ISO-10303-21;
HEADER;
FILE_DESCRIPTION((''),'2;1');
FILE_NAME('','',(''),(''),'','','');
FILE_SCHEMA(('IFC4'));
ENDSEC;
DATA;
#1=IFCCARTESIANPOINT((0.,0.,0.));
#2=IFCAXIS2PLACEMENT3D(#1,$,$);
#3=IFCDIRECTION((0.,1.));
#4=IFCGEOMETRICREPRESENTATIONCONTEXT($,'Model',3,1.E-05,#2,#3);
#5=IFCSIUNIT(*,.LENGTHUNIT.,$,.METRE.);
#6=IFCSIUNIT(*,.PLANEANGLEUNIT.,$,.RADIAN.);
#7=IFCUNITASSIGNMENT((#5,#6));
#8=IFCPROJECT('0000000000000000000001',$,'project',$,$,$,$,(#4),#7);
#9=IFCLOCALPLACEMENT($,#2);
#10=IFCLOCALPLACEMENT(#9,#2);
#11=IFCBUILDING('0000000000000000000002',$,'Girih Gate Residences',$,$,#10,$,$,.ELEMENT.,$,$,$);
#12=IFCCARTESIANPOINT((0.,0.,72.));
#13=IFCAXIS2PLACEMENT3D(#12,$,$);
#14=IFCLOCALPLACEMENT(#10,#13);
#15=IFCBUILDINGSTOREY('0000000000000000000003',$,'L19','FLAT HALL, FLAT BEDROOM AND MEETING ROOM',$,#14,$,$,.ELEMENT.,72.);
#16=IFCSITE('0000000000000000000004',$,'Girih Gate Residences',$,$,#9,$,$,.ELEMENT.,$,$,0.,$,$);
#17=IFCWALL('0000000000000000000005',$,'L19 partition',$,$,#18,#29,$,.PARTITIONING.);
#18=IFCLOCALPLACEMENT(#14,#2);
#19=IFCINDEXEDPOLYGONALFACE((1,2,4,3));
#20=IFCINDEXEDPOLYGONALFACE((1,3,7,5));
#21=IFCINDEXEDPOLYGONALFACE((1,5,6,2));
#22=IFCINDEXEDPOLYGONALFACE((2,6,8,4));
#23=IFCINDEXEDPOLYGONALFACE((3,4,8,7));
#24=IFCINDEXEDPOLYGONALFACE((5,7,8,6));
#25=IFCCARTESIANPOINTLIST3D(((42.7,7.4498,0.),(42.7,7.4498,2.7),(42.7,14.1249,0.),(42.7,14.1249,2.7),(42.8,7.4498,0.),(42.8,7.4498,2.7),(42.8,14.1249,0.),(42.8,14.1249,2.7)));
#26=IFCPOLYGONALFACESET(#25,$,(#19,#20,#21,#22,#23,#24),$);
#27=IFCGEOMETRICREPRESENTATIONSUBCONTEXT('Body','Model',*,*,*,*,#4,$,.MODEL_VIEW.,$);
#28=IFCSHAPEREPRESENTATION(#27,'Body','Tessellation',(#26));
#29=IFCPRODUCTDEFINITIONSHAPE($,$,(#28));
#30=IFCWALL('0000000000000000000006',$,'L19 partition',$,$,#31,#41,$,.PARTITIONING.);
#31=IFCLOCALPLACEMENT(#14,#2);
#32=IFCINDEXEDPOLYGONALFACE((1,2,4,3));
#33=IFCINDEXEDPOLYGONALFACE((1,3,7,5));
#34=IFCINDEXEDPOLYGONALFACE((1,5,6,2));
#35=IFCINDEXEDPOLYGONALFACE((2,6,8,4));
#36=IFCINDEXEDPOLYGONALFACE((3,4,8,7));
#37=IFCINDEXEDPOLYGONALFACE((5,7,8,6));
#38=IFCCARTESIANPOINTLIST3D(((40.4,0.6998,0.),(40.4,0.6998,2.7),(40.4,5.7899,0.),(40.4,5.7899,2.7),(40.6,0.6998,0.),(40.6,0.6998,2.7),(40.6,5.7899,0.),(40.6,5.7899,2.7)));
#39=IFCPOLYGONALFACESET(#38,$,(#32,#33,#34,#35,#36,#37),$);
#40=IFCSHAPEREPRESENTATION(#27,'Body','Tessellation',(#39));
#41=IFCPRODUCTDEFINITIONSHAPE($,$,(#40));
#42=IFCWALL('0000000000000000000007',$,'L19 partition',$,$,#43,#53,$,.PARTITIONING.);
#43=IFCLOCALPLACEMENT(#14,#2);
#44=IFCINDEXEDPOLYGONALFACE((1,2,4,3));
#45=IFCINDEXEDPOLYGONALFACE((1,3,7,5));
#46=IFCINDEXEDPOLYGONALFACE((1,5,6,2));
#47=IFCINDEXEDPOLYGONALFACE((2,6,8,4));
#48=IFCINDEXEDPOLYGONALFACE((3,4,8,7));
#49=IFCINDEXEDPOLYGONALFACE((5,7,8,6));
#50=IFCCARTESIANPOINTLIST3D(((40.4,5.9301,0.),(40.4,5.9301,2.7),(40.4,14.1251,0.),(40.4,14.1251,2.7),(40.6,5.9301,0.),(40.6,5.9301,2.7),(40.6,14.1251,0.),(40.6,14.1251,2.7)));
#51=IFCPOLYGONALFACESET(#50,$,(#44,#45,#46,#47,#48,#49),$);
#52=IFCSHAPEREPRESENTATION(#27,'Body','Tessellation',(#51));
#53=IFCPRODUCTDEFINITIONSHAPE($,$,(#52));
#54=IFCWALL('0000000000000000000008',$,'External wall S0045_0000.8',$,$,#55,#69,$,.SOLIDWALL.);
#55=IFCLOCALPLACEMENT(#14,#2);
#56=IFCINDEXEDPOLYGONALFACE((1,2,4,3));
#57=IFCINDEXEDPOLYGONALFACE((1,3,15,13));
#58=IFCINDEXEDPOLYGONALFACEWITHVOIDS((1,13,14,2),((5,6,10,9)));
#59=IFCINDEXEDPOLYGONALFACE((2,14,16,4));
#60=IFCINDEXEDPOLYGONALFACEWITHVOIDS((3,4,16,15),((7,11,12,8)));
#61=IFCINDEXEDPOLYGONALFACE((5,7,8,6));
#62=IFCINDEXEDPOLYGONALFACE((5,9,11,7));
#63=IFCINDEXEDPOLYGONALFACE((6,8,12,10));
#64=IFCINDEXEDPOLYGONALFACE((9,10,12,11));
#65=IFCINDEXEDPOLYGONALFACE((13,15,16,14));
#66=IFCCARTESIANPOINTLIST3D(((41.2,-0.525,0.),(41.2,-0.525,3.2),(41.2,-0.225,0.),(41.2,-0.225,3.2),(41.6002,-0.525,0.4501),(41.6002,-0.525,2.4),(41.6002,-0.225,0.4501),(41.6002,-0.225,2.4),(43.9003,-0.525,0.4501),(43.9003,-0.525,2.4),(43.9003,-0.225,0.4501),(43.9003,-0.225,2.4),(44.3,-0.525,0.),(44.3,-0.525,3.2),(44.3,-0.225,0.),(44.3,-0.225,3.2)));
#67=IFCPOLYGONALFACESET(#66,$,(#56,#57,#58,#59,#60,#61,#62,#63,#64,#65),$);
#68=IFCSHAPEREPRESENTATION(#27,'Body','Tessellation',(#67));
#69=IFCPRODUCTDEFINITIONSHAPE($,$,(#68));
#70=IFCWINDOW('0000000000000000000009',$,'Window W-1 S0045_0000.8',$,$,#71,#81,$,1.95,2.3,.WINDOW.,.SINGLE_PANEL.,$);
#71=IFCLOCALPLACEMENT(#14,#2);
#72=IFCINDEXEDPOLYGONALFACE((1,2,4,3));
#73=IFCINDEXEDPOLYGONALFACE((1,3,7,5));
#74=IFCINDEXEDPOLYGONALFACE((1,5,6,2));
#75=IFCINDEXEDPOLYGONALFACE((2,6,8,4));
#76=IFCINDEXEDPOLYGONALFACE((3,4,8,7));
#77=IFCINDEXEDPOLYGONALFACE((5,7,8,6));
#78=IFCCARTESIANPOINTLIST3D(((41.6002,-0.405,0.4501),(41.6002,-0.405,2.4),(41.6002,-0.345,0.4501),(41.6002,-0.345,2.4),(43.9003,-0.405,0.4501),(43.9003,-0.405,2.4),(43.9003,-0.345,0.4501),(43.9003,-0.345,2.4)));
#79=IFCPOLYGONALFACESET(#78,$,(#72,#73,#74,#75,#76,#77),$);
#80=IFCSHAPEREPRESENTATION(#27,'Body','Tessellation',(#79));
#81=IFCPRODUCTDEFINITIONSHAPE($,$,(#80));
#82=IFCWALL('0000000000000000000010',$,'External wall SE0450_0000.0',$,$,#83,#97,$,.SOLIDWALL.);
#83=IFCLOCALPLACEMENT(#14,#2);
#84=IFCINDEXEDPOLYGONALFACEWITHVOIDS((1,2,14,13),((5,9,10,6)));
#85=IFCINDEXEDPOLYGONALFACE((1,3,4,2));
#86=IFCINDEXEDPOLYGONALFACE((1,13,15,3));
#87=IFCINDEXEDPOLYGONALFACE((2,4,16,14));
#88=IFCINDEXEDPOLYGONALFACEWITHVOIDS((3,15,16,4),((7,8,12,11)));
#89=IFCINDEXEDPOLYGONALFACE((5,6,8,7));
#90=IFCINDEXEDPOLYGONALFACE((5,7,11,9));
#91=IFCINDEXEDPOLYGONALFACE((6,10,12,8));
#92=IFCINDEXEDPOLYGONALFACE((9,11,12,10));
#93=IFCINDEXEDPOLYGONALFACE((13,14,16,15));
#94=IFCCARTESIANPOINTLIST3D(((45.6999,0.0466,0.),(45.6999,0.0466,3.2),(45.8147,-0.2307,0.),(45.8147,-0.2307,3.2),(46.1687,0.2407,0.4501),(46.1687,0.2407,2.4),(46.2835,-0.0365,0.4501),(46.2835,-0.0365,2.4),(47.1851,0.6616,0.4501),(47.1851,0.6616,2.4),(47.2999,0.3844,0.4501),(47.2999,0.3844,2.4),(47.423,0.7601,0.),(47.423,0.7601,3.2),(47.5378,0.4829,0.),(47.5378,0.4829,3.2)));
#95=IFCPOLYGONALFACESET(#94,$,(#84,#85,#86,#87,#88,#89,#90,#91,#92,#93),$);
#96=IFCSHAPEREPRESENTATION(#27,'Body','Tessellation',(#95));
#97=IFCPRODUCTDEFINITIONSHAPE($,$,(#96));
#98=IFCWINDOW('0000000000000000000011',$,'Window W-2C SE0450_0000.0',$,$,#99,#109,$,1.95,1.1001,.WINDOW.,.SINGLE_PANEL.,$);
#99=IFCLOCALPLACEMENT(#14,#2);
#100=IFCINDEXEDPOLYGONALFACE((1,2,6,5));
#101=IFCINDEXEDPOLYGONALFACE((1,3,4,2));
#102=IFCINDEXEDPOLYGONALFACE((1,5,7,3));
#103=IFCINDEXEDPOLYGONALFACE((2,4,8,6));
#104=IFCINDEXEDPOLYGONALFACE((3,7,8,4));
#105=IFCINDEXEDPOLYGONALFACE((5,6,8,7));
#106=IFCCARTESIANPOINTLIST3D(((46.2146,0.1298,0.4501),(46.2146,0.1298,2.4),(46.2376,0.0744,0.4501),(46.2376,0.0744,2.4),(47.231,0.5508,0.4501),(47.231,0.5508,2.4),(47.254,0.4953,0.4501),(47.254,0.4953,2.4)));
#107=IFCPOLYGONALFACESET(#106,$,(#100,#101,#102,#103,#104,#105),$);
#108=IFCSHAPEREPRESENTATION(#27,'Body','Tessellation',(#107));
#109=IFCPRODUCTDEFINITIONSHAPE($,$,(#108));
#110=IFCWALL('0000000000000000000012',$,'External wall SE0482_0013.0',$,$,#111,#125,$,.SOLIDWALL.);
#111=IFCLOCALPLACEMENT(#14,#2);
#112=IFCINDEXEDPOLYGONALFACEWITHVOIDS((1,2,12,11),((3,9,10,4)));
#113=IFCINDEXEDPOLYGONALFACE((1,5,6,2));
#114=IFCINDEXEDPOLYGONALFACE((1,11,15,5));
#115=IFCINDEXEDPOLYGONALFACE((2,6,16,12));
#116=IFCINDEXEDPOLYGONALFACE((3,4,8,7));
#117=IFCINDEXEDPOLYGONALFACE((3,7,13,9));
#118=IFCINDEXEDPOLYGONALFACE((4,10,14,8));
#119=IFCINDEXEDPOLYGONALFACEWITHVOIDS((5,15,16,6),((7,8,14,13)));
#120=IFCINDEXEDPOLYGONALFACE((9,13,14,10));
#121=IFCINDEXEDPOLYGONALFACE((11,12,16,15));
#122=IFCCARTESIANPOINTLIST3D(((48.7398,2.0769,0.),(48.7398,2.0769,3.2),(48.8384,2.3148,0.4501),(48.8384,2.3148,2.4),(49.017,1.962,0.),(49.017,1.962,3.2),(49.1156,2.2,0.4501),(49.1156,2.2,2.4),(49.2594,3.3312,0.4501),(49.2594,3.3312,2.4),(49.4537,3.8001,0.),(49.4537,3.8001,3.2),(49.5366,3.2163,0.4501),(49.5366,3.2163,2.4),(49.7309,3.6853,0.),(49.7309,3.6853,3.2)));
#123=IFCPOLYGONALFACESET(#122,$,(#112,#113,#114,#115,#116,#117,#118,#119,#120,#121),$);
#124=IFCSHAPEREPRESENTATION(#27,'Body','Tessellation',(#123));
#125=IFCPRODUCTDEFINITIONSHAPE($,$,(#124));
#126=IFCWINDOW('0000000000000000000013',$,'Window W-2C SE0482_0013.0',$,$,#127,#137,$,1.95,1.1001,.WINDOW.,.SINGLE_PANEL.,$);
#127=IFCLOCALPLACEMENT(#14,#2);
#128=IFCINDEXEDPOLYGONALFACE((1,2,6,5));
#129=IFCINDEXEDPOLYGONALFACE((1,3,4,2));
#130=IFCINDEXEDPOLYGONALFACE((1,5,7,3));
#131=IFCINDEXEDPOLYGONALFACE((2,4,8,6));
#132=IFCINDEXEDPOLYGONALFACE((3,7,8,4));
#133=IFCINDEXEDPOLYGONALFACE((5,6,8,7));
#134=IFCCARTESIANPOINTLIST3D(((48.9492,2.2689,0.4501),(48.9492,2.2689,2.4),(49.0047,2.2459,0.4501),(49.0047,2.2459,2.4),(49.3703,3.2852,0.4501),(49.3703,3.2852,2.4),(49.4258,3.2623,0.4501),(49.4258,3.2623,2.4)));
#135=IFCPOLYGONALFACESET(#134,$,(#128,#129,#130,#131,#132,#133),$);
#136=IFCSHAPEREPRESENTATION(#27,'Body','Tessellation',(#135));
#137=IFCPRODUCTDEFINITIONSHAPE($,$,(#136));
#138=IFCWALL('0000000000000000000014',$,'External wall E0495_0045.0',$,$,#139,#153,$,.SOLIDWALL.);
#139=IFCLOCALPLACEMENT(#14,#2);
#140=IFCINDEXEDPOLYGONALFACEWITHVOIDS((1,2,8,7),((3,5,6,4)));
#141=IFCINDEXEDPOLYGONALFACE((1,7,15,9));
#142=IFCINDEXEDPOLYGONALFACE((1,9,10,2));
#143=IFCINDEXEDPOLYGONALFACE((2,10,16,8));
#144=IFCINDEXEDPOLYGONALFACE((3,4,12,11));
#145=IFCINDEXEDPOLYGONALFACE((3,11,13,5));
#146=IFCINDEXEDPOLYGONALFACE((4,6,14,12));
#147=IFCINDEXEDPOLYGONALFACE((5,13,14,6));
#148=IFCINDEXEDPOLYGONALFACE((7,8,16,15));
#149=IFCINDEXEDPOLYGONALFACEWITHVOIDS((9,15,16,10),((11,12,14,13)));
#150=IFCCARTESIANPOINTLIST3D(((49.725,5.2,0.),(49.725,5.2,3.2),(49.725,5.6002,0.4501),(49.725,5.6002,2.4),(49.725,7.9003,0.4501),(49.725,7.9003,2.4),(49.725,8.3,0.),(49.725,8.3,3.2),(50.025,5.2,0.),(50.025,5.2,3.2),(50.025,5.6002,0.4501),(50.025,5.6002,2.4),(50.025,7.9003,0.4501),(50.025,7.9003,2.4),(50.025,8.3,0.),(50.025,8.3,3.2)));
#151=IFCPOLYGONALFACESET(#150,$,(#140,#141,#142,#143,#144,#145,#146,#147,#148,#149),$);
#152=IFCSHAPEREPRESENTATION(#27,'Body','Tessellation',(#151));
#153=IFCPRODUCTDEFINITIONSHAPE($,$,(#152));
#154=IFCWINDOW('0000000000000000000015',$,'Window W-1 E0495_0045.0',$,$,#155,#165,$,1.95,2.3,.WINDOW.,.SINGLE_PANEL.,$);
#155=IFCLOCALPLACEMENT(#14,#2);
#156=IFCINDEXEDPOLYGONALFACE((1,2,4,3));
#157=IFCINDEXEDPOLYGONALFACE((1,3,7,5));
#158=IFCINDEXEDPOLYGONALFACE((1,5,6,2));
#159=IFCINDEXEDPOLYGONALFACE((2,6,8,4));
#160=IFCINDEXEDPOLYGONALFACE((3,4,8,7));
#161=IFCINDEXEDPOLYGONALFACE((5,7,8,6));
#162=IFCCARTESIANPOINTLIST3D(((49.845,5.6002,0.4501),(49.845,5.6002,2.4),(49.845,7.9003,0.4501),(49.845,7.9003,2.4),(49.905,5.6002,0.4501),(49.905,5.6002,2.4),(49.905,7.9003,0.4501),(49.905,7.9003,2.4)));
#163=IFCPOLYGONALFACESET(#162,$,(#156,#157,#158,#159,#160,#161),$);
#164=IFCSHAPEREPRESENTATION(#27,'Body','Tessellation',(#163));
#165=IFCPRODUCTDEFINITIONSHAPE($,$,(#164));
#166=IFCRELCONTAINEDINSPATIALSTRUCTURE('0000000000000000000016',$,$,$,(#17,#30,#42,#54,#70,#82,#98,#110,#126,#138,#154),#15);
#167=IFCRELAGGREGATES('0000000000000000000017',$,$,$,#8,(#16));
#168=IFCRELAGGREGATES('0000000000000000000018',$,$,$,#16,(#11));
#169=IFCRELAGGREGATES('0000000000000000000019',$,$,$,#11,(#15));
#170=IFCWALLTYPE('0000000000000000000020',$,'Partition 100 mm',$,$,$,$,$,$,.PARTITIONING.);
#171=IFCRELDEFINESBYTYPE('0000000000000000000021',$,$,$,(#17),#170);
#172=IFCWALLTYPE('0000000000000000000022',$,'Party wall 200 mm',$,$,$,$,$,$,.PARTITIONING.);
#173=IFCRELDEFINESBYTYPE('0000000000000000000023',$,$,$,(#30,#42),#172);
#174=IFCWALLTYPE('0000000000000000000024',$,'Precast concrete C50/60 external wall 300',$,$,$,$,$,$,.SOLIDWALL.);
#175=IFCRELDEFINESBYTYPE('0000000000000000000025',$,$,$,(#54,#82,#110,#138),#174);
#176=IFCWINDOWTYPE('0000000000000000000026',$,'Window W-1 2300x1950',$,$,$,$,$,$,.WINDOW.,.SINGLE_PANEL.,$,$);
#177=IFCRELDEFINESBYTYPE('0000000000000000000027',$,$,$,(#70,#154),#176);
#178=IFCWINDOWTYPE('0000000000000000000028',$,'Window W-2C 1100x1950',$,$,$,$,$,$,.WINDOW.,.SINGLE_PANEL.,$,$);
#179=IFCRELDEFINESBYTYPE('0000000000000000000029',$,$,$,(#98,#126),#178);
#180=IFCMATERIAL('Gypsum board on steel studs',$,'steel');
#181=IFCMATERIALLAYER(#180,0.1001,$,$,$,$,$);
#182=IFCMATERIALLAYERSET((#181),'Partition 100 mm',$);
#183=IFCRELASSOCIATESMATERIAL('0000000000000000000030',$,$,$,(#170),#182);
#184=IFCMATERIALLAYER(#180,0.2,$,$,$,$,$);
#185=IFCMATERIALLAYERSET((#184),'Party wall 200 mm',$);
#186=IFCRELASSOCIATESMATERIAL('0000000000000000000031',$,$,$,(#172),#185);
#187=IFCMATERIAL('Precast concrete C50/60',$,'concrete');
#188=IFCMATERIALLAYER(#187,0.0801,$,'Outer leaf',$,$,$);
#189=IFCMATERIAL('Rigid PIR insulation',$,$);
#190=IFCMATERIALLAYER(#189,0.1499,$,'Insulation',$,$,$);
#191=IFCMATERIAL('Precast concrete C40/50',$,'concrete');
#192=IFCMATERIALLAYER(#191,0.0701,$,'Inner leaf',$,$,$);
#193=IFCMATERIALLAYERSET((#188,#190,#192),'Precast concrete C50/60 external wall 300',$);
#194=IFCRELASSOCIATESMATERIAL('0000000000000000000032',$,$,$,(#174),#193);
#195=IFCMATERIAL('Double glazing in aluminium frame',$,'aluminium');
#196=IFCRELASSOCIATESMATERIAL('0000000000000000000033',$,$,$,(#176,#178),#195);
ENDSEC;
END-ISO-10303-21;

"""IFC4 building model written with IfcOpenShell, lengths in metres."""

from ifc_helpers import new_model, si_unit, direction, frame, frame_2d, origin, place, context, subcontext, project, spatial, rectangle, extrude, material, layer, layer_set, type_object, element, fill, save


model = new_model("IFC4")

# Units and contexts
model_context = context("Model", 3, precision=1e-05, world=origin(), true_north=direction((0.0, 1.0)))
body_context = subcontext(model_context, "Body", "Model", "MODEL_VIEW")
ifc_project = project(units=[si_unit("LENGTHUNIT", "METRE"), si_unit("PLANEANGLEUNIT", "RADIAN")], contexts=[model_context])

# Site, building, storey
site_placement = place(None, origin())
site = spatial("IfcSite", under=ifc_project, at=site_placement, Name="Girih Gate Residences", CompositionType="ELEMENT", RefElevation=0.0)
building_placement = place(site_placement, origin())
building = spatial("IfcBuilding", under=site, at=building_placement, Name="Girih Gate Residences", CompositionType="ELEMENT")
storey_placement = place(building_placement, frame((0.0, 0.0, 72.0)))
storey = spatial("IfcBuildingStorey", under=building, at=storey_placement, Name="L19", Description="FLAT HALL, FLAT BEDROOM AND MEETING ROOM", CompositionType="ELEMENT", Elevation=72.0)

# Shared definitions
ifc_material_1 = material(Name="Gypsum board on steel studs", Category="steel")
ifc_layer_1 = layer(ifc_material_1, 0.1001)
ifc_layer_set_1 = layer_set([ifc_layer_1], Name="Partition 100 mm")
wall_type_1 = type_object("IfcWallType", Name="Partition 100 mm", PredefinedType="PARTITIONING", material=ifc_layer_set_1)

# Walls
wall_1_placement = place(storey_placement, frame((42.75, 7.45, 0.0), z_axis=(0.0, 0.0, 1.0), x_axis=(0.0, 1.0, 0.0)))
element("IfcWall", 1, at=wall_1_placement, inside=storey, type_object=wall_type_1, Name="L19 partition", PredefinedType="PARTITIONING", context=body_context, shape_type="SweptSolid", body=[
    extrude(rectangle(XDim=6.675, YDim=0.1001, at=frame_2d((3.3374, 0.0))), origin(), (0.0, 0.0, 1.0), 2.7),
])
ifc_layer_2 = layer(ifc_material_1, 0.2)
ifc_layer_set_2 = layer_set([ifc_layer_2], Name="Party wall 200 mm")
wall_type_2 = type_object("IfcWallType", Name="Party wall 200 mm", PredefinedType="PARTITIONING", material=ifc_layer_set_2)
wall_2_placement = place(storey_placement, frame((40.5, 0.7, 0.0), z_axis=(0.0, 0.0, 1.0), x_axis=(0.0, 1.0, 0.0)))
element("IfcWall", 2, at=wall_2_placement, inside=storey, type_object=wall_type_2, Name="L19 partition", PredefinedType="PARTITIONING", context=body_context, shape_type="SweptSolid", body=[
    extrude(rectangle(XDim=5.0901, YDim=0.2, at=frame_2d((2.5449, 0.0))), origin(), (0.0, 0.0, 1.0), 2.7),
])
wall_3_placement = place(storey_placement, frame((40.5, 5.9299, 0.0), z_axis=(0.0, 0.0, 1.0), x_axis=(0.0, 1.0, 0.0)))
element("IfcWall", 3, at=wall_3_placement, inside=storey, type_object=wall_type_2, Name="L19 partition", PredefinedType="PARTITIONING", context=body_context, shape_type="SweptSolid", body=[
    extrude(rectangle(XDim=8.1951, YDim=0.2, at=frame_2d((4.0977, 0.0))), origin(), (0.0, 0.0, 1.0), 2.7),
])

# Walls, openings, windows
ifc_material_2 = material(Name="Precast concrete C50/60", Category="concrete")
ifc_layer_3 = layer(ifc_material_2, 0.0801, Name="Outer leaf")
ifc_material_3 = material(Name="Rigid PIR insulation")
ifc_layer_4 = layer(ifc_material_3, 0.1499, Name="Insulation")
ifc_material_4 = material(Name="Precast concrete C40/50", Category="concrete")
ifc_layer_5 = layer(ifc_material_4, 0.0701, Name="Inner leaf")
ifc_layer_set_3 = layer_set([ifc_layer_3, ifc_layer_4, ifc_layer_5], Name="Precast concrete C50/60 external wall 300")
wall_type_3 = type_object("IfcWallType", Name="Precast concrete C50/60 external wall 300", PredefinedType="SOLIDWALL", material=ifc_layer_set_3)
wall_4_placement = place(storey_placement, frame((44.3, -0.375, 0.0), z_axis=(0.0, 0.0, 1.0), x_axis=(-1.0, 0.0, 0.0)))
wall_4 = element("IfcWall", 4, at=wall_4_placement, inside=storey, type_object=wall_type_3, Name="External wall S0045_0000.8", PredefinedType="SOLIDWALL", context=body_context, shape_type="SweptSolid", body=[
    extrude(rectangle(XDim=3.1001, YDim=0.3, at=frame_2d((1.55, 0.0))), origin(), (0.0, 0.0, 1.0), 3.2),
])
opening_1_placement = place(wall_4_placement, frame((0.3999, 0.0, 0.45)))
opening_1 = element("IfcOpeningElement", 5, at=opening_1_placement, cuts=wall_4, PredefinedType="OPENING", context=body_context, shape_type="SweptSolid", body=[
    extrude(rectangle(XDim=2.3, YDim=1.95, at=frame_2d((1.1499, 0.9751))), frame((0.0, 0.1599, 0.0), z_axis=(0.0, -1.0, 0.0), x_axis=(1.0, 0.0, 0.0)), (0.0, 0.0, 1.0), 0.3201),
])
ifc_material_5 = material(Name="Double glazing in aluminium frame", Category="aluminium")
window_type_1 = type_object("IfcWindowType", Name="Window W-1 2300x1950", PartitioningType="SINGLE_PANEL", PredefinedType="WINDOW", material=ifc_material_5)
window_1_placement = place(opening_1_placement, origin())
window_1 = element("IfcWindow", 6, at=window_1_placement, inside=storey, type_object=window_type_1, Name="Window W-1 S0045_0000.8", OverallHeight=1.95, OverallWidth=2.3, PartitioningType="SINGLE_PANEL", PredefinedType="WINDOW", context=body_context, shape_type="SweptSolid", body=[
    extrude(rectangle(XDim=2.3, YDim=1.95, at=frame_2d((1.1499, 0.9751))), frame((0.0, 0.03, 0.0), z_axis=(0.0, -1.0, 0.0), x_axis=(1.0, 0.0, 0.0)), (0.0, 0.0, 1.0), 0.0601),
])
fill(opening_1, window_1)
wall_5_placement = place(storey_placement, frame((47.4805, 0.6216, 0.0), z_axis=(0.0, 0.0, 1.0), x_axis=(-0.923904, -0.382625, 0.0)))
wall_5 = element("IfcWall", 7, at=wall_5_placement, inside=storey, type_object=wall_type_3, Name="External wall SE0450_0000.0", PredefinedType="SOLIDWALL", context=body_context, shape_type="SweptSolid", body=[
    extrude(rectangle(XDim=1.865, YDim=0.3, at=frame_2d((0.9326, 0.0))), origin(), (0.0, 0.0, 1.0), 3.2),
])
opening_2_placement = place(wall_5_placement, frame((0.2576, 0.0, 0.45)))
opening_2 = element("IfcOpeningElement", 8, at=opening_2_placement, cuts=wall_5, PredefinedType="OPENING", context=body_context, shape_type="SweptSolid", body=[
    extrude(rectangle(XDim=1.1001, YDim=1.95, at=frame_2d((0.55, 0.9751))), frame((0.0, 0.1599, 0.0), z_axis=(0.0, -1.0, 0.0), x_axis=(1.0, 0.0, 0.0)), (0.0, 0.0, 1.0), 0.3201),
])
window_type_2 = type_object("IfcWindowType", Name="Window W-2C 1100x1950", PartitioningType="SINGLE_PANEL", PredefinedType="WINDOW", material=ifc_material_5)
window_2_placement = place(opening_2_placement, origin())
window_2 = element("IfcWindow", 9, at=window_2_placement, inside=storey, type_object=window_type_2, Name="Window W-2C SE0450_0000.0", OverallHeight=1.95, OverallWidth=1.1001, PartitioningType="SINGLE_PANEL", PredefinedType="WINDOW", context=body_context, shape_type="SweptSolid", body=[
    extrude(rectangle(XDim=1.1001, YDim=1.95, at=frame_2d((0.55, 0.9751))), frame((0.0, 0.03, 0.0), z_axis=(0.0, -1.0, 0.0), x_axis=(1.0, 0.0, 0.0)), (0.0, 0.0, 1.0), 0.0601),
])
fill(opening_2, window_2)
wall_6_placement = place(storey_placement, frame((49.5923, 3.7427, 0.0), z_axis=(0.0, 0.0, 1.0), x_axis=(-0.382737, -0.923857, 0.0)))
wall_6 = element("IfcWall", 10, at=wall_6_placement, inside=storey, type_object=wall_type_3, Name="External wall SE0482_0013.0", PredefinedType="SOLIDWALL", context=body_context, shape_type="SweptSolid", body=[
    extrude(rectangle(XDim=1.8652, YDim=0.3, at=frame_2d((0.9326, 0.0))), origin(), (0.0, 0.0, 1.0), 3.2),
])
opening_3_placement = place(wall_6_placement, frame((0.5076, 0.0, 0.45)))
opening_3 = element("IfcOpeningElement", 11, at=opening_3_placement, cuts=wall_6, PredefinedType="OPENING", context=body_context, shape_type="SweptSolid", body=[
    extrude(rectangle(XDim=1.1001, YDim=1.95, at=frame_2d((0.55, 0.9751))), frame((0.0, 0.1599, 0.0), z_axis=(0.0, -1.0, 0.0), x_axis=(1.0, 0.0, 0.0)), (0.0, 0.0, 1.0), 0.3201),
])
window_3_placement = place(opening_3_placement, origin())
window_3 = element("IfcWindow", 12, at=window_3_placement, inside=storey, type_object=window_type_2, Name="Window W-2C SE0482_0013.0", OverallHeight=1.95, OverallWidth=1.1001, PartitioningType="SINGLE_PANEL", PredefinedType="WINDOW", context=body_context, shape_type="SweptSolid", body=[
    extrude(rectangle(XDim=1.1001, YDim=1.95, at=frame_2d((0.55, 0.9751))), frame((0.0, 0.03, 0.0), z_axis=(0.0, -1.0, 0.0), x_axis=(1.0, 0.0, 0.0)), (0.0, 0.0, 1.0), 0.0601),
])
fill(opening_3, window_3)
wall_7_placement = place(storey_placement, frame((49.875, 8.3, 0.0), z_axis=(0.0, 0.0, 1.0), x_axis=(0.0, -1.0, 0.0)))
wall_7 = element("IfcWall", 13, at=wall_7_placement, inside=storey, type_object=wall_type_3, Name="External wall E0495_0045.0", PredefinedType="SOLIDWALL", context=body_context, shape_type="SweptSolid", body=[
    extrude(rectangle(XDim=3.1001, YDim=0.3, at=frame_2d((1.55, 0.0))), origin(), (0.0, 0.0, 1.0), 3.2),
])
opening_4_placement = place(wall_7_placement, frame((0.3999, 0.0, 0.45)))
opening_4 = element("IfcOpeningElement", 14, at=opening_4_placement, cuts=wall_7, PredefinedType="OPENING", context=body_context, shape_type="SweptSolid", body=[
    extrude(rectangle(XDim=2.3, YDim=1.95, at=frame_2d((1.1499, 0.9751))), frame((0.0, 0.1599, 0.0), z_axis=(0.0, -1.0, 0.0), x_axis=(1.0, 0.0, 0.0)), (0.0, 0.0, 1.0), 0.3201),
])
window_4_placement = place(opening_4_placement, origin())
window_4 = element("IfcWindow", 15, at=window_4_placement, inside=storey, type_object=window_type_1, Name="Window W-1 E0495_0045.0", OverallHeight=1.95, OverallWidth=2.3, PartitioningType="SINGLE_PANEL", PredefinedType="WINDOW", context=body_context, shape_type="SweptSolid", body=[
    extrude(rectangle(XDim=2.3, YDim=1.95, at=frame_2d((1.1499, 0.9751))), frame((0.0, 0.03, 0.0), z_axis=(0.0, -1.0, 0.0), x_axis=(1.0, 0.0, 0.0)), (0.0, 0.0, 1.0), 0.0601),
])
fill(opening_4, window_4)

save(model, "model.ifc")
